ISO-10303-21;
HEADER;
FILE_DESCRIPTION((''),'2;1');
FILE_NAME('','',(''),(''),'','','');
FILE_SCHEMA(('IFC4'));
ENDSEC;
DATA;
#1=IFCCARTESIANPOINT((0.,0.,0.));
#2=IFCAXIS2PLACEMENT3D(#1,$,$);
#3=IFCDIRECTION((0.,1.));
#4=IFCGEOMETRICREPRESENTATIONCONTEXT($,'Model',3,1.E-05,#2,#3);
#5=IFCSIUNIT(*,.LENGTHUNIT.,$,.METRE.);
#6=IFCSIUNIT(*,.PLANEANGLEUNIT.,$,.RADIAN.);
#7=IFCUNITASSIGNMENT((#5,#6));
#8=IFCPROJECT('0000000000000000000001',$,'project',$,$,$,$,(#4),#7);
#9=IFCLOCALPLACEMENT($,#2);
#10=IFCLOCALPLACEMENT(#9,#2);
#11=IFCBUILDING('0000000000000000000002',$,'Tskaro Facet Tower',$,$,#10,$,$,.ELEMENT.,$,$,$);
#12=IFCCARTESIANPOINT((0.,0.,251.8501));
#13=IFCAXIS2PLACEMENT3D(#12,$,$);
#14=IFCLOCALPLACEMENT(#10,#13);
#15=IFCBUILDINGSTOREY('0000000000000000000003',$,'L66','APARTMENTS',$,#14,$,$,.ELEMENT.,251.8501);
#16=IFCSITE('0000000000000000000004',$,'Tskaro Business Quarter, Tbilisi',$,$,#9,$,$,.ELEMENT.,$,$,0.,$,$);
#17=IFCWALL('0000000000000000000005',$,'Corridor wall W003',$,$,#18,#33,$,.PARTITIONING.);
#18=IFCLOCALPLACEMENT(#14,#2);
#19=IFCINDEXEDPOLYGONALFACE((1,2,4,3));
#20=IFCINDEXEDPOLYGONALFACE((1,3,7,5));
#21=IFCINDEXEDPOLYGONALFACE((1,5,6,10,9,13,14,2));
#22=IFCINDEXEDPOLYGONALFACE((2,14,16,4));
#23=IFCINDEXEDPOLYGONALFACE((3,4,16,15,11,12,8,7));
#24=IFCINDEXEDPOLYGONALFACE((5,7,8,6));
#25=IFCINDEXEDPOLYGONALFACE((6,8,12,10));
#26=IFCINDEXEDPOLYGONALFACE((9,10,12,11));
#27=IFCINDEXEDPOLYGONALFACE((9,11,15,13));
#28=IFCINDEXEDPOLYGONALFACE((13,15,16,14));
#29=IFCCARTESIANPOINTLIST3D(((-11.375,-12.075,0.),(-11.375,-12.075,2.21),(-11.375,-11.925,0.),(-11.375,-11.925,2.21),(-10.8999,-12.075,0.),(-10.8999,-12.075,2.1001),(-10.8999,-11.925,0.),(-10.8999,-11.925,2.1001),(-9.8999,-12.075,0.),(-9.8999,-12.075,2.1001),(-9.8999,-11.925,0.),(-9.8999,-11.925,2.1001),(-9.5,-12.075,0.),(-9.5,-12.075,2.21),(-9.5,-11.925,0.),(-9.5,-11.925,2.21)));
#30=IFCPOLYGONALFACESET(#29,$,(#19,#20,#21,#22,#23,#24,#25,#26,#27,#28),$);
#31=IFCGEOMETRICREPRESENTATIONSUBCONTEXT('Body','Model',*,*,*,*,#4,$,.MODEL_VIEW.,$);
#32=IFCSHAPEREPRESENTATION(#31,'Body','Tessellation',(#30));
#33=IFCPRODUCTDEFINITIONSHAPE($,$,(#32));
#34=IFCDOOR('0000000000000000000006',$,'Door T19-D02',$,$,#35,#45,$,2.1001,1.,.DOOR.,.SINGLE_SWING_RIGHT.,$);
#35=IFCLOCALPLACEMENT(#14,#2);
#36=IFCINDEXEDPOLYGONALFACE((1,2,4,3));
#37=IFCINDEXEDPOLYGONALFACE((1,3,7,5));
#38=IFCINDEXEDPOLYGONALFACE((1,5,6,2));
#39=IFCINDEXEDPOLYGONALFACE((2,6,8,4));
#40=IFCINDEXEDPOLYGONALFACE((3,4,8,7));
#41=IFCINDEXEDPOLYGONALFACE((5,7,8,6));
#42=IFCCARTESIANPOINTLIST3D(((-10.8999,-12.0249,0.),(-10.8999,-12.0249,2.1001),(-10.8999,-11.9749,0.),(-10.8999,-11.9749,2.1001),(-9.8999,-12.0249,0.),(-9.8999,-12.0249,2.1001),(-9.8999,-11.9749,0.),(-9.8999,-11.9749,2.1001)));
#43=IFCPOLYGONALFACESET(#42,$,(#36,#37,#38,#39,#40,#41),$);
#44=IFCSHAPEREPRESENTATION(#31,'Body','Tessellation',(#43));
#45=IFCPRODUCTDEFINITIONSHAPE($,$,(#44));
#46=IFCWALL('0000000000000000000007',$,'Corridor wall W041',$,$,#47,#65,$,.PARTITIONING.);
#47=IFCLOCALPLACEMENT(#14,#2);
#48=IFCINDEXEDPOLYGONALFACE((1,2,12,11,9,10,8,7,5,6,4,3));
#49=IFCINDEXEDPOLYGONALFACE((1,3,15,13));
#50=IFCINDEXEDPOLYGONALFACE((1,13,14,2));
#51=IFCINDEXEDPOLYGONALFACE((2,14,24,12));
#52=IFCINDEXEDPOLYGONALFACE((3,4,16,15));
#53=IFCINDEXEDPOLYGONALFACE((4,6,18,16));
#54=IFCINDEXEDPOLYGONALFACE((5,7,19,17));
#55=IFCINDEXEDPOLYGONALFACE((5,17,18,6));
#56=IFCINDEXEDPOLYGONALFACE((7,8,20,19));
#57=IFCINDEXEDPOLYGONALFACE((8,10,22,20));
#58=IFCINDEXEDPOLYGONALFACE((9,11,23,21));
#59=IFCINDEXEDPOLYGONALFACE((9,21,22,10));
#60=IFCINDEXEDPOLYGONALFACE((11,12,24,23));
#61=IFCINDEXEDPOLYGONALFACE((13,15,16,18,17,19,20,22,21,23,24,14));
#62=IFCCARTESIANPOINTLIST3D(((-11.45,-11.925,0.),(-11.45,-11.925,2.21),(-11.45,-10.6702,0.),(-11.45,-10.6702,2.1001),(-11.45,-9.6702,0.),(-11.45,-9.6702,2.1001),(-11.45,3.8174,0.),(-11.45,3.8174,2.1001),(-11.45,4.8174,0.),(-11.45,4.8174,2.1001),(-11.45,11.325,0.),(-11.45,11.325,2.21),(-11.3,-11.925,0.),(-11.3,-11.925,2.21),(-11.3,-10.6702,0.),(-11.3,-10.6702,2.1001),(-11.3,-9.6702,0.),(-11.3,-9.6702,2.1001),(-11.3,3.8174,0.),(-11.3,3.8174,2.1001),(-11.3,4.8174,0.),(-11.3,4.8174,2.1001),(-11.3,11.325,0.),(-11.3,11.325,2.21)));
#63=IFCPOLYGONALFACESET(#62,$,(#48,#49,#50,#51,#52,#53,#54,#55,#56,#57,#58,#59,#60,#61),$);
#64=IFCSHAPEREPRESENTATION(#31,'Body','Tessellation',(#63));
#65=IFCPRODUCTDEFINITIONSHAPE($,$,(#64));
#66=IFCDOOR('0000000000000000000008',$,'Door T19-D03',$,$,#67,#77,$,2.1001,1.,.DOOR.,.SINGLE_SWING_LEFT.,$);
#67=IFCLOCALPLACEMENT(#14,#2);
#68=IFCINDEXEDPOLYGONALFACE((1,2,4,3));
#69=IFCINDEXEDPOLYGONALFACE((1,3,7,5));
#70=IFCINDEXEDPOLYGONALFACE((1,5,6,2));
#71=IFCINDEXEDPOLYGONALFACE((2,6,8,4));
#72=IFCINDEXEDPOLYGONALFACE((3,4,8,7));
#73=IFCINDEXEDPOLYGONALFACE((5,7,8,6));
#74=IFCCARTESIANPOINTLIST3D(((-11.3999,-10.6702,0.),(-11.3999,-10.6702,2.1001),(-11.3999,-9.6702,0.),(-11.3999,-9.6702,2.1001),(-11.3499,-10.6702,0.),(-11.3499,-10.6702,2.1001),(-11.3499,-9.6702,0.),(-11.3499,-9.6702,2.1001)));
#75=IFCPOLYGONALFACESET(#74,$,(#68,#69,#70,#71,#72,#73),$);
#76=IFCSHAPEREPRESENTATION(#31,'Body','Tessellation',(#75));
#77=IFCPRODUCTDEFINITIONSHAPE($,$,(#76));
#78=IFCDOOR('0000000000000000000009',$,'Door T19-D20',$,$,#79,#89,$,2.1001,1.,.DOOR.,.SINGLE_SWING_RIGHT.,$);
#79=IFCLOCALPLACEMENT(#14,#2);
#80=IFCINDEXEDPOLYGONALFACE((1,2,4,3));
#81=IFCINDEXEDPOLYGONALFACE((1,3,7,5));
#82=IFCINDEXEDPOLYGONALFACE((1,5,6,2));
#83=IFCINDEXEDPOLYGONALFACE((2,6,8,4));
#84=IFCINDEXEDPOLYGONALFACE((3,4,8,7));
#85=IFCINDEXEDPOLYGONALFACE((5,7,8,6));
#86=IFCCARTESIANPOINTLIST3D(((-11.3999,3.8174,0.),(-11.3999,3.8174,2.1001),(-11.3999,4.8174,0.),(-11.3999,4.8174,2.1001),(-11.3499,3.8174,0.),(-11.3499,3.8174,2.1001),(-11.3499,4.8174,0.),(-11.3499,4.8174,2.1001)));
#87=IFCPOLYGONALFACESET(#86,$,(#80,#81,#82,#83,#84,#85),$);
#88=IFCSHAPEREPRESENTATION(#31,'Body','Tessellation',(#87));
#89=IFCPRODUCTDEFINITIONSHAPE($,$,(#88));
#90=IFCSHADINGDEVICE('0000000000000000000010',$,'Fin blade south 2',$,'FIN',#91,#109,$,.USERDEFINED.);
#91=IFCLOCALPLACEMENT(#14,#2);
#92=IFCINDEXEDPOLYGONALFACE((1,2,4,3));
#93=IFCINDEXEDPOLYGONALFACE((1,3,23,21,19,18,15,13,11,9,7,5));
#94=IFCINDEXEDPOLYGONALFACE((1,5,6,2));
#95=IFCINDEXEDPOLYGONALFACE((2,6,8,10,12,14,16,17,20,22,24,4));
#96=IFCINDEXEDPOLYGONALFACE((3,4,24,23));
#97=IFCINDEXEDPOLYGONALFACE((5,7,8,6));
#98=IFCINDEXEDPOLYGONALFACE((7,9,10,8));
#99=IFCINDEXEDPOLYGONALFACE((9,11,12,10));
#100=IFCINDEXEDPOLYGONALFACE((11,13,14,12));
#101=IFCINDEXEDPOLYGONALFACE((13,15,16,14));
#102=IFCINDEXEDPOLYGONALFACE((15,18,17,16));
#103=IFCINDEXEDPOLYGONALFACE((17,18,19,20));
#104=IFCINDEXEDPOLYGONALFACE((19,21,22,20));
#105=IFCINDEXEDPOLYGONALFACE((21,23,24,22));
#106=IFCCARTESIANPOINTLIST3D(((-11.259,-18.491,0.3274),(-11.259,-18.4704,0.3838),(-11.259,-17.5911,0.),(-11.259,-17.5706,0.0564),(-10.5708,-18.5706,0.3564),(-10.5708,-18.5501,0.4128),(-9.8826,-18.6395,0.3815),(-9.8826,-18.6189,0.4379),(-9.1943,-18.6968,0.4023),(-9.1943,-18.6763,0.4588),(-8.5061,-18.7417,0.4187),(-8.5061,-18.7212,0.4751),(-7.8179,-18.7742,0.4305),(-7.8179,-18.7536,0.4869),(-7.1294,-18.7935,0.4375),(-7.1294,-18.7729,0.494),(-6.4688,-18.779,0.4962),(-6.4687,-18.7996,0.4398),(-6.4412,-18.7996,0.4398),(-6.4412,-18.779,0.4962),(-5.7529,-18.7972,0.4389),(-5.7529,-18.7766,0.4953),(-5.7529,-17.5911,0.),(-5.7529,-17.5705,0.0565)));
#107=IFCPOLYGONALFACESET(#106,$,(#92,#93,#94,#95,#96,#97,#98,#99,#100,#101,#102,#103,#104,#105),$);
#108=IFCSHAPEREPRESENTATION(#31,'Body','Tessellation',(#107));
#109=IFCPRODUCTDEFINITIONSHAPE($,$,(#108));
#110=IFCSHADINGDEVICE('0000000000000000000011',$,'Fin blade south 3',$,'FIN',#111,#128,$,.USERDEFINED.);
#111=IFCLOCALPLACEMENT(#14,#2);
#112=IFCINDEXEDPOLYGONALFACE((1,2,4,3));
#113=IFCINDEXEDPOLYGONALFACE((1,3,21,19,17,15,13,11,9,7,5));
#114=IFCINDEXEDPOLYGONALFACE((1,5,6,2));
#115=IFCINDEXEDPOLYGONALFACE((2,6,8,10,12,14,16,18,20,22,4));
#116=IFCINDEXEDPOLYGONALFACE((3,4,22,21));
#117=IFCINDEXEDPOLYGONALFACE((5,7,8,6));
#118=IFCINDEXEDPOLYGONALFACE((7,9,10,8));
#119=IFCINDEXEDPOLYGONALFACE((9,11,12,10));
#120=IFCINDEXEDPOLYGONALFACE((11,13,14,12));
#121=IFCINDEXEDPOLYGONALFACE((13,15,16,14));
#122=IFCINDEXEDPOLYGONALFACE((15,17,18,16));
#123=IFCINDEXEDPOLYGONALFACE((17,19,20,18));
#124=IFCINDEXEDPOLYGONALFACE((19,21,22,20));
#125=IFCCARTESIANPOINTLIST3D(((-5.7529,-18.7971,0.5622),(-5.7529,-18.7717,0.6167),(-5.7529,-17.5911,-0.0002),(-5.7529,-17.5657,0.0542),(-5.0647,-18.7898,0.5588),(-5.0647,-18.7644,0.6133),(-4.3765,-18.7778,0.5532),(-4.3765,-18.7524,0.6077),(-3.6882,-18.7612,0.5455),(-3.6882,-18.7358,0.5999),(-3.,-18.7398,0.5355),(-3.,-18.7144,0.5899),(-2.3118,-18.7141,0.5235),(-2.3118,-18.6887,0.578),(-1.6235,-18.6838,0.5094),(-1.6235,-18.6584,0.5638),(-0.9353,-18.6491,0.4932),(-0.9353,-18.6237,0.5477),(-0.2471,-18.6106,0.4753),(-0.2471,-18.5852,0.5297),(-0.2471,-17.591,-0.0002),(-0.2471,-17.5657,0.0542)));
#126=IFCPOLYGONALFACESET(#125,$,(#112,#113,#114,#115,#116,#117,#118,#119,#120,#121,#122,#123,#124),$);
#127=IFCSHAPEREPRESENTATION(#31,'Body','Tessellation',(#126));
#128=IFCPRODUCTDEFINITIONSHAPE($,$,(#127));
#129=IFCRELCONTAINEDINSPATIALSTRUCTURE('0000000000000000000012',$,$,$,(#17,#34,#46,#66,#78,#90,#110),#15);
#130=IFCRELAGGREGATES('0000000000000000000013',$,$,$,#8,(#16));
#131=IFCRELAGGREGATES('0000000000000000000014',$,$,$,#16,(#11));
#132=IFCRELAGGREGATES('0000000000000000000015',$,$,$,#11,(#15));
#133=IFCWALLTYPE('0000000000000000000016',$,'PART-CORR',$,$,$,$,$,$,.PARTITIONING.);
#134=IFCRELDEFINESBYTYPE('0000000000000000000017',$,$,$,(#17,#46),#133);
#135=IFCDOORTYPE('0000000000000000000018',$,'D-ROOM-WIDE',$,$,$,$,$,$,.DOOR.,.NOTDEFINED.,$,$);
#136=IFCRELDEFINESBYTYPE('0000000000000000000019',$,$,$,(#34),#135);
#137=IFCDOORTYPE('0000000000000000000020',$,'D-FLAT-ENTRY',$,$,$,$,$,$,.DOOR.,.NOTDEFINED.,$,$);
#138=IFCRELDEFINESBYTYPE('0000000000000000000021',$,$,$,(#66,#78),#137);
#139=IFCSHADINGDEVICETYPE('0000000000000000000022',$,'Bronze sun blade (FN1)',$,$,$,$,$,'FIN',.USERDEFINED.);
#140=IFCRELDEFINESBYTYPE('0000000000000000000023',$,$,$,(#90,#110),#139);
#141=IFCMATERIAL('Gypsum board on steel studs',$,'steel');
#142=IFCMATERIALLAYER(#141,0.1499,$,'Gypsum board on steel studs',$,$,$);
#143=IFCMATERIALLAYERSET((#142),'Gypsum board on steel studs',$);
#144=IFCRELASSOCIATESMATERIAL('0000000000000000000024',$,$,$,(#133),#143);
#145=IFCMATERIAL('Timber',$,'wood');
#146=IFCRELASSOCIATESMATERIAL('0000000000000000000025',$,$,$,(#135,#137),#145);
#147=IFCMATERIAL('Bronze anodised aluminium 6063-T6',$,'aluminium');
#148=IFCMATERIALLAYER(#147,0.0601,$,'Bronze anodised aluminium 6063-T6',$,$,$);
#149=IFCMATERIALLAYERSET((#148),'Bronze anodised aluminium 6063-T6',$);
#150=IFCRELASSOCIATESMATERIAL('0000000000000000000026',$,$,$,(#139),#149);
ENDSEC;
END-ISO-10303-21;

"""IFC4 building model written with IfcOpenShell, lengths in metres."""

from ifc_helpers import new_model, si_unit, direction, frame, frame_2d, origin, place, context, subcontext, project, spatial, polyline, rectangle, outline, extrude, material, layer, layer_set, type_object, element, fill, save


model = new_model("IFC4")

# Units and contexts
model_context = context("Model", 3, precision=1e-05, world=origin(), true_north=direction((0.0, 1.0)))
body_context = subcontext(model_context, "Body", "Model", "MODEL_VIEW")
ifc_project = project(units=[si_unit("LENGTHUNIT", "METRE"), si_unit("PLANEANGLEUNIT", "RADIAN")], contexts=[model_context])

# Site, building, storey
site_placement = place(None, origin())
site = spatial("IfcSite", under=ifc_project, at=site_placement, Name="Tskaro Business Quarter, Tbilisi", CompositionType="ELEMENT", RefElevation=0.0)
building_placement = place(site_placement, origin())
building = spatial("IfcBuilding", under=site, at=building_placement, Name="Tskaro Facet Tower", CompositionType="ELEMENT")
storey_placement = place(building_placement, frame((0.0, 0.0, 251.8501)))
storey = spatial("IfcBuildingStorey", under=building, at=storey_placement, Name="L66", Description="APARTMENTS", CompositionType="ELEMENT", Elevation=251.8501)

# Shared definitions
ifc_material_1 = material(Name="Bronze anodised aluminium 6063-T6", Category="aluminium")

# Shared definitions
ifc_material_2 = material(Name="Gypsum board on steel studs", Category="steel")

# Wall, opening, door
ifc_layer_1 = layer(ifc_material_2, 0.1499, Name="Gypsum board on steel studs")
ifc_layer_set_1 = layer_set([ifc_layer_1], Name="Gypsum board on steel studs")
wall_type_1 = type_object("IfcWallType", Name="PART-CORR", PredefinedType="PARTITIONING", material=ifc_layer_set_1)
wall_1_placement = place(storey_placement, frame((-9.5, -12.0, 0.0), z_axis=(0.0, 0.0, 1.0), x_axis=(-1.0, 0.0, 0.0)))
wall_1 = element("IfcWall", 1, at=wall_1_placement, inside=storey, type_object=wall_type_1, Name="Corridor wall W003", PredefinedType="PARTITIONING", context=body_context, shape_type="SweptSolid", body=[
    extrude(rectangle(XDim=1.875, YDim=0.1499, at=frame_2d((0.9375, 0.0))), origin(), (0.0, 0.0, 1.0), 2.21),
])
opening_1_placement = place(wall_1_placement, frame((0.3999, 0.0, 0.0)))
opening_1 = element("IfcOpeningElement", 2, at=opening_1_placement, cuts=wall_1, PredefinedType="OPENING", context=body_context, shape_type="SweptSolid", body=[
    extrude(rectangle(XDim=1.0, YDim=2.1001, at=frame_2d((0.5, 1.05))), frame((0.0, 0.085, 0.0), z_axis=(0.0, -1.0, 0.0), x_axis=(1.0, 0.0, 0.0)), (0.0, 0.0, 1.0), 0.1699),
])
ifc_material_3 = material(Name="Timber", Category="wood")
door_type_1 = type_object("IfcDoorType", Name="D-ROOM-WIDE", OperationType="NOTDEFINED", PredefinedType="DOOR", material=ifc_material_3)
door_1_placement = place(opening_1_placement, origin())
door_1 = element("IfcDoor", 3, at=door_1_placement, inside=storey, type_object=door_type_1, Name="Door T19-D02", OperationType="SINGLE_SWING_RIGHT", OverallHeight=2.1001, OverallWidth=1.0, PredefinedType="DOOR", context=body_context, shape_type="SweptSolid", body=[
    extrude(rectangle(XDim=1.0, YDim=2.1001, at=frame_2d((0.5, 1.05))), frame((0.0, 0.0249, 0.0), z_axis=(0.0, -1.0, 0.0), x_axis=(1.0, 0.0, 0.0)), (0.0, 0.0, 1.0), 0.05),
])
fill(opening_1, door_1)

# Wall, openings, doors
wall_2_placement = place(storey_placement, frame((-11.375, -11.925, 0.0), z_axis=(0.0, 0.0, 1.0), x_axis=(0.0, 1.0, 0.0)))
wall_2 = element("IfcWall", 4, at=wall_2_placement, inside=storey, type_object=wall_type_1, Name="Corridor wall W041", PredefinedType="PARTITIONING", context=body_context, shape_type="SweptSolid", body=[
    extrude(rectangle(XDim=23.25, YDim=0.1499, at=frame_2d((11.625, 0.0))), origin(), (0.0, 0.0, 1.0), 2.21),
])
opening_2_placement = place(wall_2_placement, frame((1.2549, 0.0, 0.0)))
opening_2 = element("IfcOpeningElement", 5, at=opening_2_placement, cuts=wall_2, PredefinedType="OPENING", context=body_context, shape_type="SweptSolid", body=[
    extrude(rectangle(XDim=1.0, YDim=2.1001, at=frame_2d((0.5, 1.05))), frame((0.0, 0.085, 0.0), z_axis=(0.0, -1.0, 0.0), x_axis=(1.0, 0.0, 0.0)), (0.0, 0.0, 1.0), 0.1699),
])
opening_3_placement = place(wall_2_placement, frame((15.7424, 0.0, 0.0)))
opening_3 = element("IfcOpeningElement", 6, at=opening_3_placement, cuts=wall_2, PredefinedType="OPENING", context=body_context, shape_type="SweptSolid", body=[
    extrude(rectangle(XDim=1.0, YDim=2.1001, at=frame_2d((0.5, 1.05))), frame((0.0, 0.085, 0.0), z_axis=(0.0, -1.0, 0.0), x_axis=(1.0, 0.0, 0.0)), (0.0, 0.0, 1.0), 0.1699),
])
door_type_2 = type_object("IfcDoorType", Name="D-FLAT-ENTRY", OperationType="NOTDEFINED", PredefinedType="DOOR", material=ifc_material_3)
door_2_placement = place(opening_2_placement, origin())
door_2 = element("IfcDoor", 7, at=door_2_placement, inside=storey, type_object=door_type_2, Name="Door T19-D03", OperationType="SINGLE_SWING_LEFT", OverallHeight=2.1001, OverallWidth=1.0, PredefinedType="DOOR", context=body_context, shape_type="SweptSolid", body=[
    extrude(rectangle(XDim=1.0, YDim=2.1001, at=frame_2d((0.5, 1.05))), frame((0.0, 0.0249, 0.0), z_axis=(0.0, -1.0, 0.0), x_axis=(1.0, 0.0, 0.0)), (0.0, 0.0, 1.0), 0.05),
])
fill(opening_2, door_2)
door_3_placement = place(opening_3_placement, origin())
door_3 = element("IfcDoor", 8, at=door_3_placement, inside=storey, type_object=door_type_2, Name="Door T19-D20", OperationType="SINGLE_SWING_RIGHT", OverallHeight=2.1001, OverallWidth=1.0, PredefinedType="DOOR", context=body_context, shape_type="SweptSolid", body=[
    extrude(rectangle(XDim=1.0, YDim=2.1001, at=frame_2d((0.5, 1.05))), frame((0.0, 0.0249, 0.0), z_axis=(0.0, -1.0, 0.0), x_axis=(1.0, 0.0, 0.0)), (0.0, 0.0, 1.0), 0.05),
])
fill(opening_3, door_3)

# Shading devices
ifc_layer_2 = layer(ifc_material_1, 0.0601, Name="Bronze anodised aluminium 6063-T6")
ifc_layer_set_2 = layer_set([ifc_layer_2], Name="Bronze anodised aluminium 6063-T6")
shading_device_type = type_object("IfcShadingDeviceType", Name="Bronze sun blade (FN1)", ElementType="FIN", PredefinedType="USERDEFINED", material=ifc_layer_set_2)
shading_device_1_placement = place(storey_placement, frame((-11.259, -17.5706, 0.0564), z_axis=(-0.000013, 0.341946, 0.93972), x_axis=(1.0, 0.000005, 0.000013)))
element("IfcShadingDevice", 9, at=shading_device_1_placement, inside=storey, type_object=shading_device_type, Name="Fin blade south 2", ObjectType="FIN", PredefinedType="USERDEFINED", context=body_context, shape_type="SweptSolid", body=[
    extrude(outline(polyline([(0.0, 0.0), (5.5061, 0.0), (5.5061, -1.2835), (4.8179, -1.286), (4.7903, -1.286), (4.1296, -1.2795), (3.4412, -1.259), (2.7529, -1.2244), (2.0647, -1.1766), (1.3765, -1.1156), (0.6882, -1.0423), (0.0, -0.9576), (0.0, 0.0)])), origin(), (0.0, 0.0, -1.0), 0.0601),
])
shading_device_2_placement = place(storey_placement, frame((-5.7529, -17.5657, 0.0542), z_axis=(-0.000005, 0.42266, 0.906288), x_axis=(1.0, 0.000002, 0.000004)))
element("IfcShadingDevice", 10, at=shading_device_2_placement, inside=storey, type_object=shading_device_type, Name="Fin blade south 3", ObjectType="FIN", PredefinedType="USERDEFINED", context=body_context, shape_type="SweptSolid", body=[
    extrude(outline(polyline([(0.0, 0.0), (5.5059, 0.0), (5.5059, -1.125), (4.8176, -1.1675), (4.1294, -1.2057), (3.4412, -1.2391), (2.7529, -1.2675), (2.0647, -1.2911), (1.3765, -1.3095), (0.6882, -1.3227), (0.0, -1.3308), (0.0, 0.0)])), origin(), (0.0, 0.0, -1.0), 0.0601),
])

save(model, "model.ifc")
